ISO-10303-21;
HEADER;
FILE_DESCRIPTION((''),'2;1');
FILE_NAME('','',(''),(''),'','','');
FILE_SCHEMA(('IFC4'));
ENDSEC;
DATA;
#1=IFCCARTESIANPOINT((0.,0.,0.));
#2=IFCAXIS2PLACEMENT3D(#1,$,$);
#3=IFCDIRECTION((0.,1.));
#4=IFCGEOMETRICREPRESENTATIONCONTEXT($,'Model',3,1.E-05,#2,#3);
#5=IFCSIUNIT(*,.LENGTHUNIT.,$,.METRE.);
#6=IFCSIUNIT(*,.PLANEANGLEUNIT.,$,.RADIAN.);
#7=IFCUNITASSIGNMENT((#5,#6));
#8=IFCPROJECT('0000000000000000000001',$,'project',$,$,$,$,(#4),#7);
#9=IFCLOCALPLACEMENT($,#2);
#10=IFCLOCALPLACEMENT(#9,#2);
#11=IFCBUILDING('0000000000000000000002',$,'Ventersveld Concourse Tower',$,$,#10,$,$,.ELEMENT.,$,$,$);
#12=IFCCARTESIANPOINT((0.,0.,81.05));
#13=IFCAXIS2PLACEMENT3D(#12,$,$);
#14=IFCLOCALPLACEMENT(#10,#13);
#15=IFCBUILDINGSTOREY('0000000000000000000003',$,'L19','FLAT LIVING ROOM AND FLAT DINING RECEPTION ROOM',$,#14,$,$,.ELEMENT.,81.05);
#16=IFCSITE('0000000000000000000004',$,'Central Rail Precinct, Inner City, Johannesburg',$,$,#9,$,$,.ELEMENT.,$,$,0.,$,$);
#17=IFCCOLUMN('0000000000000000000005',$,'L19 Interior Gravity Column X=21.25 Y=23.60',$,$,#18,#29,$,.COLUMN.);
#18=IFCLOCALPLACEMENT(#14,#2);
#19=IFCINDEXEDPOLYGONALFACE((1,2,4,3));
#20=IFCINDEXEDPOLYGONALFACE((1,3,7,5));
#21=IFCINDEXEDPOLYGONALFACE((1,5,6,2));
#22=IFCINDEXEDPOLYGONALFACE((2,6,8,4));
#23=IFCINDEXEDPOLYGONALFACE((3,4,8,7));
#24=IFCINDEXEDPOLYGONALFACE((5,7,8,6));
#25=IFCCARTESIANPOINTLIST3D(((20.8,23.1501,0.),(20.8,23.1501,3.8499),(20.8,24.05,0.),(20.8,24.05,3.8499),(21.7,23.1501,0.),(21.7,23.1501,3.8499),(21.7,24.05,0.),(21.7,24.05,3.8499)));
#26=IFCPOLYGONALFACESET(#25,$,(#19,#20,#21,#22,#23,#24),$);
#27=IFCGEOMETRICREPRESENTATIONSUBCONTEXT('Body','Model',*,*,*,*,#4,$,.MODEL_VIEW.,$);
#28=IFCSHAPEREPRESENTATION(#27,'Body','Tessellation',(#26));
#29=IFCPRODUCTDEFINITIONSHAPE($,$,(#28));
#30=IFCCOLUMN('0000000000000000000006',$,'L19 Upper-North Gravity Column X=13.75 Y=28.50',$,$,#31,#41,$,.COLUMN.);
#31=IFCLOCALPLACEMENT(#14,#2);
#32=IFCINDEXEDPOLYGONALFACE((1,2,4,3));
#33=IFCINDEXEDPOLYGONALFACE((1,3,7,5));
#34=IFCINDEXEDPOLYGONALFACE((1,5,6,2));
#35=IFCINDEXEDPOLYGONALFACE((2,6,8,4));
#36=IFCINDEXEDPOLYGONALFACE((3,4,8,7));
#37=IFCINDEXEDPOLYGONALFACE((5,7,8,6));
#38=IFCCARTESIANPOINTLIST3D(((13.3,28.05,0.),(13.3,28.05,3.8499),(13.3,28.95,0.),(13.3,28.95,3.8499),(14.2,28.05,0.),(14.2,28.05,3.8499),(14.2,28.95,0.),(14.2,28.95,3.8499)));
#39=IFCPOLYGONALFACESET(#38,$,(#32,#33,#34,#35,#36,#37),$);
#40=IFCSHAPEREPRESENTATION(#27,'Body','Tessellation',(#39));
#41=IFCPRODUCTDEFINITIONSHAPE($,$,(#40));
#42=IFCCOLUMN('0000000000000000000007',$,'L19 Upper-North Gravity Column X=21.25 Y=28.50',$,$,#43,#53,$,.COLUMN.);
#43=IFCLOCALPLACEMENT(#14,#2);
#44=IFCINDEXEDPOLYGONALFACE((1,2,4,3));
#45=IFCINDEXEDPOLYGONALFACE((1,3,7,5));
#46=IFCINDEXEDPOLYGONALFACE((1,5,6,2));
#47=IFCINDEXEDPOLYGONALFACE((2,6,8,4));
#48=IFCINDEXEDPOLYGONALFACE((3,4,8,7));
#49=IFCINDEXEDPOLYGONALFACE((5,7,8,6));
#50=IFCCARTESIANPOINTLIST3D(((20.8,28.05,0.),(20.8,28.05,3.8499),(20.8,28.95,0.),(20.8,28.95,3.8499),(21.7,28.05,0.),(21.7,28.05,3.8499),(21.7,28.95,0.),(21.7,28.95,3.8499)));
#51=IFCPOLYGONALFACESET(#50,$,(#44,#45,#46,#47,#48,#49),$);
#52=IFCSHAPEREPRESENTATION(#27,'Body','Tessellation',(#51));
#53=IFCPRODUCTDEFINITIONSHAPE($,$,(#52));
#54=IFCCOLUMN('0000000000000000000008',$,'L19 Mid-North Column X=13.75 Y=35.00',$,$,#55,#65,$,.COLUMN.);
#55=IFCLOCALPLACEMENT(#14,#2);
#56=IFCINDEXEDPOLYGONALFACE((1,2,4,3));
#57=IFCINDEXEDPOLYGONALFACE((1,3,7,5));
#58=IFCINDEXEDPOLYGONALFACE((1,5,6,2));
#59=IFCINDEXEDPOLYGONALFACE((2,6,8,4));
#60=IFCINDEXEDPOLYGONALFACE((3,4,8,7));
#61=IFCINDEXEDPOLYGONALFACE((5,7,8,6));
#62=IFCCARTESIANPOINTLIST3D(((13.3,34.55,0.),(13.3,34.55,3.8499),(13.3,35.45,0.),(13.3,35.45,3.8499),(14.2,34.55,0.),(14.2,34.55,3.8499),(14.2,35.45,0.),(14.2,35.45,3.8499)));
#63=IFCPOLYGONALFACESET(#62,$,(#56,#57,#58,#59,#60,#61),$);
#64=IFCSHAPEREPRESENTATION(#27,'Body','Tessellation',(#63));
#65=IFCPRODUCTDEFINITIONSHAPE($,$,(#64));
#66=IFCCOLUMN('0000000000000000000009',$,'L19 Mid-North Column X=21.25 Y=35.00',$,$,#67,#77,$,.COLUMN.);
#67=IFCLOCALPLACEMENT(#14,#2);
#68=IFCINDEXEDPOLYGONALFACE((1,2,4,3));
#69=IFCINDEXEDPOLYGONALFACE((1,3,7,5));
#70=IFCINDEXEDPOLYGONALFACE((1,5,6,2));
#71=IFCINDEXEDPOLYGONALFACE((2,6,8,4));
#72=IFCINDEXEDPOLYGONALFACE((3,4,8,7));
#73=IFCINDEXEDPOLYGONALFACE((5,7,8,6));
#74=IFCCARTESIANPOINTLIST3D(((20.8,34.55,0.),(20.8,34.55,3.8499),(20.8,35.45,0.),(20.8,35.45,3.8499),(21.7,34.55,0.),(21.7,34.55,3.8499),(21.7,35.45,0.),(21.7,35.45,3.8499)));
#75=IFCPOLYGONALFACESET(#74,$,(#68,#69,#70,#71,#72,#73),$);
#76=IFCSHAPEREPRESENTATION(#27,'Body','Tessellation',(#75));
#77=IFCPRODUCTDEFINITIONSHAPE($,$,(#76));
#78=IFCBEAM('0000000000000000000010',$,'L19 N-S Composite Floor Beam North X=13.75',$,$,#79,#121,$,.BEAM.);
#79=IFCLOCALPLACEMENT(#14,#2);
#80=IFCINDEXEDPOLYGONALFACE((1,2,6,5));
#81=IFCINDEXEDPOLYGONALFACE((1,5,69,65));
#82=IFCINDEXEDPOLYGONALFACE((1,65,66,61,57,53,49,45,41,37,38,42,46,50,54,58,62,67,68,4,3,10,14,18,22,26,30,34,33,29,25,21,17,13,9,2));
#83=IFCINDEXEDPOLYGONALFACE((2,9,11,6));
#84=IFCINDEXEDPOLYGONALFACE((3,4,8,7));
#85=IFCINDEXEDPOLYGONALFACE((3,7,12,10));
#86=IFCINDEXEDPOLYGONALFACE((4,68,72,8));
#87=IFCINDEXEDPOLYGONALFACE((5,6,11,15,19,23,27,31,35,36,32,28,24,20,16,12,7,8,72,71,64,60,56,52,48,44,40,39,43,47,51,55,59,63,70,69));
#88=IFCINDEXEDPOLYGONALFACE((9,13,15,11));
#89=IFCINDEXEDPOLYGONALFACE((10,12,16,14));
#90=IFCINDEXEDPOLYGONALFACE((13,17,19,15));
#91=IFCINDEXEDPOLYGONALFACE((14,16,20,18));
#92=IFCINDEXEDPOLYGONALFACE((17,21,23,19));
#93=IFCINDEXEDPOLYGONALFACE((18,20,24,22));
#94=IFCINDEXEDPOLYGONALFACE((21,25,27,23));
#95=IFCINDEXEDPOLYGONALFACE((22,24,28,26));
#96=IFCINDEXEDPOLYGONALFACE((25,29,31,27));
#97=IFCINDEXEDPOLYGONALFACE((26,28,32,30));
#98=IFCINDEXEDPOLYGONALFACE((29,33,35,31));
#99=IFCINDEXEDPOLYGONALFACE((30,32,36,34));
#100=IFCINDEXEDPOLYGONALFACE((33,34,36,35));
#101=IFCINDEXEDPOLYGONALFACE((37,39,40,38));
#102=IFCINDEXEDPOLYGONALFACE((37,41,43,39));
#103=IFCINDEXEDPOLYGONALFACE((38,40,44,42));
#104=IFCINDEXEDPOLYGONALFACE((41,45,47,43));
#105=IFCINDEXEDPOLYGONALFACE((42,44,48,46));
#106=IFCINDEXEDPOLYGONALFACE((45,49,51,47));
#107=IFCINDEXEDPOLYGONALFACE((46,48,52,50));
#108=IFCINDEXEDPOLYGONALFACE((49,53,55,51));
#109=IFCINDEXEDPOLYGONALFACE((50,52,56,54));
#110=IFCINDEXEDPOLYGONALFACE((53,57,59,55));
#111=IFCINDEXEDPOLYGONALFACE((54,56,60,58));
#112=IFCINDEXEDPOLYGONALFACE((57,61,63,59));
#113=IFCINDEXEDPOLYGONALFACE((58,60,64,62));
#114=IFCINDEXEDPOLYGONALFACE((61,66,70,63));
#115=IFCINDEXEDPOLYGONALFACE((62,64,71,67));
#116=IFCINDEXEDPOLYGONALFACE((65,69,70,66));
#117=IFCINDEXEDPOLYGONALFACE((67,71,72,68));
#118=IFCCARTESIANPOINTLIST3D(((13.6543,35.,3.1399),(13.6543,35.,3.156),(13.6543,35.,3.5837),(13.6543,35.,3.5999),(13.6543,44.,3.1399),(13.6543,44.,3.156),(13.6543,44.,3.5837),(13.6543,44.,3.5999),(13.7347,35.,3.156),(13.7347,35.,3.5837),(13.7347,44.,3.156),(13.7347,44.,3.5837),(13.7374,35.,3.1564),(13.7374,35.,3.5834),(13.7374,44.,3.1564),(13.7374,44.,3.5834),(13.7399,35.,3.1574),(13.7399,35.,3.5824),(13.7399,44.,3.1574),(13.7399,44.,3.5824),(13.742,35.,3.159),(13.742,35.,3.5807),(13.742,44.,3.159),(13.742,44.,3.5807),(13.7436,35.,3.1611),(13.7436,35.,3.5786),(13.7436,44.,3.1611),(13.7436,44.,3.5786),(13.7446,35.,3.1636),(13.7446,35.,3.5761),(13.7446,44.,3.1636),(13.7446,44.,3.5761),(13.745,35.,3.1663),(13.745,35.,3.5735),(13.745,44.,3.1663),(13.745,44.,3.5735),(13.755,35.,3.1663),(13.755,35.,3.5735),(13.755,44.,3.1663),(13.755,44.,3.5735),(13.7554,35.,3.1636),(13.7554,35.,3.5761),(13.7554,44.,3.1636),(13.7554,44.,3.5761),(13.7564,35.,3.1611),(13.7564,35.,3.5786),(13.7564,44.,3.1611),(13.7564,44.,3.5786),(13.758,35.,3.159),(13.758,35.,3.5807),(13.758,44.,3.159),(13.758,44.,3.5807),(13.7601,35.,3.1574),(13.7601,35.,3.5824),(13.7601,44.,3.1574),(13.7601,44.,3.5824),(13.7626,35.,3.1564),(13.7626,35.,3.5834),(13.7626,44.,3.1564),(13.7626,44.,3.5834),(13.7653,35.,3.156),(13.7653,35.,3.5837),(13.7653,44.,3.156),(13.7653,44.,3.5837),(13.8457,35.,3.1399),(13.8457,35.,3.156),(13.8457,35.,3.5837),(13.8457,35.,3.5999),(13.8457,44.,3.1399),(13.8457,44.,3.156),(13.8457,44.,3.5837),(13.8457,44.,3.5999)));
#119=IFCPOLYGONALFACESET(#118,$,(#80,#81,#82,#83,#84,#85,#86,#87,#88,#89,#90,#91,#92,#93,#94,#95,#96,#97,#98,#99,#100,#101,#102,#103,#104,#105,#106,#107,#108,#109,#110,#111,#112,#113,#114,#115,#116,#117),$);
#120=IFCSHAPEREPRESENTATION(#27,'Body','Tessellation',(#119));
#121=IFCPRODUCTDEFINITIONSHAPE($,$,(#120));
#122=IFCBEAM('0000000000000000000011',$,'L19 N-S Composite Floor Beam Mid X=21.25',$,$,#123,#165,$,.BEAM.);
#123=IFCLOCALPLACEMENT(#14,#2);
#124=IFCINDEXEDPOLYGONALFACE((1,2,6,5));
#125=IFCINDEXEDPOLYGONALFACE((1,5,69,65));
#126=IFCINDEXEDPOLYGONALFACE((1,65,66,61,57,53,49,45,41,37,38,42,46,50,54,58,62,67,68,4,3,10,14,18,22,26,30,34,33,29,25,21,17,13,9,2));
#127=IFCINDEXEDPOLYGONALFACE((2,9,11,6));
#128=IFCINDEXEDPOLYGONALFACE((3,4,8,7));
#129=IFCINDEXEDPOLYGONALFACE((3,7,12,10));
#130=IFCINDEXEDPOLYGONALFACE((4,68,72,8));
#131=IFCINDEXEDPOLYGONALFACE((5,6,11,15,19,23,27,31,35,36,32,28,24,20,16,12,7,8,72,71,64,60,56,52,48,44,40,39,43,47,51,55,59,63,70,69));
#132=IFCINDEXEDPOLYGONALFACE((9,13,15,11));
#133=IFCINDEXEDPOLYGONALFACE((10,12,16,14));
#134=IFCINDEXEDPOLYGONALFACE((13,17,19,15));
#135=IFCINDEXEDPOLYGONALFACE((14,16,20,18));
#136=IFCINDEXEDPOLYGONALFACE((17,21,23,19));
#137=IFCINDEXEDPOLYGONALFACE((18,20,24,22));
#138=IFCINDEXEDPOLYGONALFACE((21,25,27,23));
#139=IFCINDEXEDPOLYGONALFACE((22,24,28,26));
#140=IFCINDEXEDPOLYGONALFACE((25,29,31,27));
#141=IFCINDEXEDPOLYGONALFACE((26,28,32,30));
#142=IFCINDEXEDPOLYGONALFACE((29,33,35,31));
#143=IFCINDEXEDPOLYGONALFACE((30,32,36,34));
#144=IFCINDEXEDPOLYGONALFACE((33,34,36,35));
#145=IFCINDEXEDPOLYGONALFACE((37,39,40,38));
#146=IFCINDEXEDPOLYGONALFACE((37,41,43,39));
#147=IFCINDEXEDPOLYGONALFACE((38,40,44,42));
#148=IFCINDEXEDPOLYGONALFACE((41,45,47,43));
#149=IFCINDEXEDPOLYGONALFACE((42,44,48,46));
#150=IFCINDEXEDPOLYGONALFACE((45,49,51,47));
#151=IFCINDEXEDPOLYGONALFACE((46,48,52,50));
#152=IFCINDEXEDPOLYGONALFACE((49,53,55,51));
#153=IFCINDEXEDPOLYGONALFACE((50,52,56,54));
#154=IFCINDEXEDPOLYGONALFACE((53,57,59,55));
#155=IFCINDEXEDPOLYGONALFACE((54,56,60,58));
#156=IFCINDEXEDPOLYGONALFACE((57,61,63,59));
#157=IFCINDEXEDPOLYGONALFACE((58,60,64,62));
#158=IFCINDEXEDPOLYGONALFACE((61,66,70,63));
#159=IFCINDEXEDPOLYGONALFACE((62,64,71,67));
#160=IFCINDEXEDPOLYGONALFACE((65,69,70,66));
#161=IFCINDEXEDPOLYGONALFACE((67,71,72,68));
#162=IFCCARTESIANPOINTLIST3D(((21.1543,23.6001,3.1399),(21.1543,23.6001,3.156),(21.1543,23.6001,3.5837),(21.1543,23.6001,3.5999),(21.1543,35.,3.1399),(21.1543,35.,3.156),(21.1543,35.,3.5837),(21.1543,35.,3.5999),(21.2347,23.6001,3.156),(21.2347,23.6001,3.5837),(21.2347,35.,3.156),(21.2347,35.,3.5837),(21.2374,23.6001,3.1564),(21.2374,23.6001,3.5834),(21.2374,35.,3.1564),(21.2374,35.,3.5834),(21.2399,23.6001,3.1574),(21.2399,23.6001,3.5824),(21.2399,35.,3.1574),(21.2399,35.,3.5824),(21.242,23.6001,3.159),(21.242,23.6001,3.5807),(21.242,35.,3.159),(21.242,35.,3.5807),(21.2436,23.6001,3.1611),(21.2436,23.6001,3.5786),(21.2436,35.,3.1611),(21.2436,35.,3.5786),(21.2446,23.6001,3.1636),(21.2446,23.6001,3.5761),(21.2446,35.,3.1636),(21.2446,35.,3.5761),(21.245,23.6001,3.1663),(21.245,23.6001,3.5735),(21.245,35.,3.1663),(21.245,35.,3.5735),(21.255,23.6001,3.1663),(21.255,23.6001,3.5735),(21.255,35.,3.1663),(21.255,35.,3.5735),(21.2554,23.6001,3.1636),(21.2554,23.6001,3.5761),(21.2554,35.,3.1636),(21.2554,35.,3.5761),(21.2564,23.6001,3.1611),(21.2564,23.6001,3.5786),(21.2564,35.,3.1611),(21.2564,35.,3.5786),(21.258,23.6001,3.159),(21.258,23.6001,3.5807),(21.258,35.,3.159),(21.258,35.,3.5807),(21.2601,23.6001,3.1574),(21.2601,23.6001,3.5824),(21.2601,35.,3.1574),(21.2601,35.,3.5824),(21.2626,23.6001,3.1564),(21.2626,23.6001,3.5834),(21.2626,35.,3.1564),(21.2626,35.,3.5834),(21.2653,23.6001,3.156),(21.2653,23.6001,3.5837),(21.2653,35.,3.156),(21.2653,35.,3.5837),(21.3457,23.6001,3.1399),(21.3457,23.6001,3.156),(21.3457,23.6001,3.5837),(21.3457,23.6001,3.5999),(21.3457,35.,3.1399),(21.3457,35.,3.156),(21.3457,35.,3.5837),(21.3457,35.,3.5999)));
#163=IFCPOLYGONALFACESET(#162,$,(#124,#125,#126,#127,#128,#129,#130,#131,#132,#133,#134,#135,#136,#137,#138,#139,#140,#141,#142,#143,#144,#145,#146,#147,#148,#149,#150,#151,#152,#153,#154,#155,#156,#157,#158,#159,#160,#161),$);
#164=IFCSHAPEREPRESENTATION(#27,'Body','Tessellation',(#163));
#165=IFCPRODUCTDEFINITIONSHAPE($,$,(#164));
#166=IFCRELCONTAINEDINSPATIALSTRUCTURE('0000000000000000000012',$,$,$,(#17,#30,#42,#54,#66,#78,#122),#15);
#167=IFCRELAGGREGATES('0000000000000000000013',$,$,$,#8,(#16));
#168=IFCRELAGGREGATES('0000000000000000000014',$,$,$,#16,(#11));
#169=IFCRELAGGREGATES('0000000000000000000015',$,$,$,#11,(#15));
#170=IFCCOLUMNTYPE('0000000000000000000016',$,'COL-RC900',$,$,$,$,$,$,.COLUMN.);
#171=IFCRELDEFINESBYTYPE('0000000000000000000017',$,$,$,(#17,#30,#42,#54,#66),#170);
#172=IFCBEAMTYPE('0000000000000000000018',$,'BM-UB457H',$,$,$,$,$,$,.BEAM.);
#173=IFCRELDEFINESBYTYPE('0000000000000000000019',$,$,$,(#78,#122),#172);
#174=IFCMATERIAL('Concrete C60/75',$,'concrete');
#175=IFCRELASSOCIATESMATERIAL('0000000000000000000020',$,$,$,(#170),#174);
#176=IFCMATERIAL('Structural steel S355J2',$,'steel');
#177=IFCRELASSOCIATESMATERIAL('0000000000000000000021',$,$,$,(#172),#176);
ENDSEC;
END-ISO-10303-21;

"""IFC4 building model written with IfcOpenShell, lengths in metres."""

from ifc_helpers import new_model, si_unit, direction, frame, origin, origin_2d, place, context, subcontext, project, spatial, rectangle, i_section, extrude, material, material_profile, profile_set, type_object, element, save


model = new_model("IFC4")

# Units and contexts
model_context = context("Model", 3, precision=1e-05, world=origin(), true_north=direction((0.0, 1.0)))
body_context = subcontext(model_context, "Body", "Model", "MODEL_VIEW")
ifc_project = project(units=[si_unit("LENGTHUNIT", "METRE"), si_unit("PLANEANGLEUNIT", "RADIAN")], contexts=[model_context])

# Site, building, storey
site_placement = place(None, origin())
site = spatial("IfcSite", under=ifc_project, at=site_placement, Name="Central Rail Precinct, Inner City, Johannesburg", CompositionType="ELEMENT", RefElevation=0.0)
building_placement = place(site_placement, origin())
building = spatial("IfcBuilding", under=site, at=building_placement, Name="Ventersveld Concourse Tower", CompositionType="ELEMENT")
storey_placement = place(building_placement, frame((0.0, 0.0, 81.05)))
storey = spatial("IfcBuildingStorey", under=building, at=storey_placement, Name="L19", Description="FLAT LIVING ROOM AND FLAT DINING RECEPTION ROOM", CompositionType="ELEMENT", Elevation=81.05)

# Columns
ifc_material_1 = material(Name="Concrete C60/75", Category="concrete")
ifc_material_profile_1 = material_profile(ifc_material_1, rectangle(XDim=0.8999, YDim=0.8999, at=origin_2d()), Name="RC 900x900")
ifc_profile_set_1 = profile_set([ifc_material_profile_1], Name="Concrete C60/75")
column_type = type_object("IfcColumnType", Name="COL-RC900", PredefinedType="COLUMN", material=ifc_profile_set_1)
for number, where, z_axis, x_axis, name in (
    (1, (21.25, 23.6001, 0.0), (0.0, 0.0, 1.0), (1.0, 0.0, 0.0), "L19 Interior Gravity Column X=21.25 Y=23.60"),
    (2, (13.75, 28.5, 0.0), (0.0, 0.0, 1.0), (1.0, 0.0, 0.0), "L19 Upper-North Gravity Column X=13.75 Y=28.50"),
    (3, (21.25, 28.5, 0.0), (0.0, 0.0, 1.0), (1.0, 0.0, 0.0), "L19 Upper-North Gravity Column X=21.25 Y=28.50"),
    (4, (13.75, 35.0, 0.0), (0.0, 0.0, 1.0), (1.0, 0.0, 0.0), "L19 Mid-North Column X=13.75 Y=35.00"),
    (5, (21.25, 35.0, 0.0), (0.0, 0.0, 1.0), (1.0, 0.0, 0.0), "L19 Mid-North Column X=21.25 Y=35.00"),
):
    element("IfcColumn", number, at=place(storey_placement, frame(where, z_axis=z_axis, x_axis=x_axis)), inside=storey, type_object=column_type, Name=name, PredefinedType="COLUMN", context=body_context, shape_type="SweptSolid", body=[
        extrude(rectangle(XDim=0.8999, YDim=0.8999, at=origin_2d()), origin(), (0.0, 0.0, 1.0), 3.8499),
    ])

# Beams
ifc_material_2 = material(Name="Structural steel S355J2", Category="steel")
ifc_material_profile_2 = material_profile(ifc_material_2, i_section(OverallWidth=0.1914, OverallDepth=0.46, WebThickness=0.01, FlangeThickness=0.0161, FilletRadius=0.0103, at=origin_2d()), Name="UB 457x191x82")
ifc_profile_set_2 = profile_set([ifc_material_profile_2], Name="Structural steel S355J2")
beam_type_1 = type_object("IfcBeamType", Name="BM-UB457H", PredefinedType="BEAM", material=ifc_profile_set_2)
beam_1_placement = place(storey_placement, frame((13.75, 35.0, 3.3699), z_axis=(0.0, 1.0, 0.0), x_axis=(-1.0, 0.0, 0.0)))
element("IfcBeam", 6, at=beam_1_placement, inside=storey, type_object=beam_type_1, Name="L19 N-S Composite Floor Beam North X=13.75", PredefinedType="BEAM", context=body_context, shape_type="SweptSolid", body=[
    extrude(i_section(OverallWidth=0.1914, OverallDepth=0.46, WebThickness=0.01, FlangeThickness=0.0161, FilletRadius=0.0103, at=origin_2d()), origin(), (0.0, 0.0, 1.0), 9.0),
])
beam_2_placement = place(storey_placement, frame((21.25, 23.6001, 3.3699), z_axis=(0.0, 1.0, 0.0), x_axis=(-1.0, 0.0, 0.0)))
element("IfcBeam", 7, at=beam_2_placement, inside=storey, type_object=beam_type_1, Name="L19 N-S Composite Floor Beam Mid X=21.25", PredefinedType="BEAM", context=body_context, shape_type="SweptSolid", body=[
    extrude(i_section(OverallWidth=0.1914, OverallDepth=0.46, WebThickness=0.01, FlangeThickness=0.0161, FilletRadius=0.0103, at=origin_2d()), origin(), (0.0, 0.0, 1.0), 11.3999),
])

save(model, "model.ifc")
